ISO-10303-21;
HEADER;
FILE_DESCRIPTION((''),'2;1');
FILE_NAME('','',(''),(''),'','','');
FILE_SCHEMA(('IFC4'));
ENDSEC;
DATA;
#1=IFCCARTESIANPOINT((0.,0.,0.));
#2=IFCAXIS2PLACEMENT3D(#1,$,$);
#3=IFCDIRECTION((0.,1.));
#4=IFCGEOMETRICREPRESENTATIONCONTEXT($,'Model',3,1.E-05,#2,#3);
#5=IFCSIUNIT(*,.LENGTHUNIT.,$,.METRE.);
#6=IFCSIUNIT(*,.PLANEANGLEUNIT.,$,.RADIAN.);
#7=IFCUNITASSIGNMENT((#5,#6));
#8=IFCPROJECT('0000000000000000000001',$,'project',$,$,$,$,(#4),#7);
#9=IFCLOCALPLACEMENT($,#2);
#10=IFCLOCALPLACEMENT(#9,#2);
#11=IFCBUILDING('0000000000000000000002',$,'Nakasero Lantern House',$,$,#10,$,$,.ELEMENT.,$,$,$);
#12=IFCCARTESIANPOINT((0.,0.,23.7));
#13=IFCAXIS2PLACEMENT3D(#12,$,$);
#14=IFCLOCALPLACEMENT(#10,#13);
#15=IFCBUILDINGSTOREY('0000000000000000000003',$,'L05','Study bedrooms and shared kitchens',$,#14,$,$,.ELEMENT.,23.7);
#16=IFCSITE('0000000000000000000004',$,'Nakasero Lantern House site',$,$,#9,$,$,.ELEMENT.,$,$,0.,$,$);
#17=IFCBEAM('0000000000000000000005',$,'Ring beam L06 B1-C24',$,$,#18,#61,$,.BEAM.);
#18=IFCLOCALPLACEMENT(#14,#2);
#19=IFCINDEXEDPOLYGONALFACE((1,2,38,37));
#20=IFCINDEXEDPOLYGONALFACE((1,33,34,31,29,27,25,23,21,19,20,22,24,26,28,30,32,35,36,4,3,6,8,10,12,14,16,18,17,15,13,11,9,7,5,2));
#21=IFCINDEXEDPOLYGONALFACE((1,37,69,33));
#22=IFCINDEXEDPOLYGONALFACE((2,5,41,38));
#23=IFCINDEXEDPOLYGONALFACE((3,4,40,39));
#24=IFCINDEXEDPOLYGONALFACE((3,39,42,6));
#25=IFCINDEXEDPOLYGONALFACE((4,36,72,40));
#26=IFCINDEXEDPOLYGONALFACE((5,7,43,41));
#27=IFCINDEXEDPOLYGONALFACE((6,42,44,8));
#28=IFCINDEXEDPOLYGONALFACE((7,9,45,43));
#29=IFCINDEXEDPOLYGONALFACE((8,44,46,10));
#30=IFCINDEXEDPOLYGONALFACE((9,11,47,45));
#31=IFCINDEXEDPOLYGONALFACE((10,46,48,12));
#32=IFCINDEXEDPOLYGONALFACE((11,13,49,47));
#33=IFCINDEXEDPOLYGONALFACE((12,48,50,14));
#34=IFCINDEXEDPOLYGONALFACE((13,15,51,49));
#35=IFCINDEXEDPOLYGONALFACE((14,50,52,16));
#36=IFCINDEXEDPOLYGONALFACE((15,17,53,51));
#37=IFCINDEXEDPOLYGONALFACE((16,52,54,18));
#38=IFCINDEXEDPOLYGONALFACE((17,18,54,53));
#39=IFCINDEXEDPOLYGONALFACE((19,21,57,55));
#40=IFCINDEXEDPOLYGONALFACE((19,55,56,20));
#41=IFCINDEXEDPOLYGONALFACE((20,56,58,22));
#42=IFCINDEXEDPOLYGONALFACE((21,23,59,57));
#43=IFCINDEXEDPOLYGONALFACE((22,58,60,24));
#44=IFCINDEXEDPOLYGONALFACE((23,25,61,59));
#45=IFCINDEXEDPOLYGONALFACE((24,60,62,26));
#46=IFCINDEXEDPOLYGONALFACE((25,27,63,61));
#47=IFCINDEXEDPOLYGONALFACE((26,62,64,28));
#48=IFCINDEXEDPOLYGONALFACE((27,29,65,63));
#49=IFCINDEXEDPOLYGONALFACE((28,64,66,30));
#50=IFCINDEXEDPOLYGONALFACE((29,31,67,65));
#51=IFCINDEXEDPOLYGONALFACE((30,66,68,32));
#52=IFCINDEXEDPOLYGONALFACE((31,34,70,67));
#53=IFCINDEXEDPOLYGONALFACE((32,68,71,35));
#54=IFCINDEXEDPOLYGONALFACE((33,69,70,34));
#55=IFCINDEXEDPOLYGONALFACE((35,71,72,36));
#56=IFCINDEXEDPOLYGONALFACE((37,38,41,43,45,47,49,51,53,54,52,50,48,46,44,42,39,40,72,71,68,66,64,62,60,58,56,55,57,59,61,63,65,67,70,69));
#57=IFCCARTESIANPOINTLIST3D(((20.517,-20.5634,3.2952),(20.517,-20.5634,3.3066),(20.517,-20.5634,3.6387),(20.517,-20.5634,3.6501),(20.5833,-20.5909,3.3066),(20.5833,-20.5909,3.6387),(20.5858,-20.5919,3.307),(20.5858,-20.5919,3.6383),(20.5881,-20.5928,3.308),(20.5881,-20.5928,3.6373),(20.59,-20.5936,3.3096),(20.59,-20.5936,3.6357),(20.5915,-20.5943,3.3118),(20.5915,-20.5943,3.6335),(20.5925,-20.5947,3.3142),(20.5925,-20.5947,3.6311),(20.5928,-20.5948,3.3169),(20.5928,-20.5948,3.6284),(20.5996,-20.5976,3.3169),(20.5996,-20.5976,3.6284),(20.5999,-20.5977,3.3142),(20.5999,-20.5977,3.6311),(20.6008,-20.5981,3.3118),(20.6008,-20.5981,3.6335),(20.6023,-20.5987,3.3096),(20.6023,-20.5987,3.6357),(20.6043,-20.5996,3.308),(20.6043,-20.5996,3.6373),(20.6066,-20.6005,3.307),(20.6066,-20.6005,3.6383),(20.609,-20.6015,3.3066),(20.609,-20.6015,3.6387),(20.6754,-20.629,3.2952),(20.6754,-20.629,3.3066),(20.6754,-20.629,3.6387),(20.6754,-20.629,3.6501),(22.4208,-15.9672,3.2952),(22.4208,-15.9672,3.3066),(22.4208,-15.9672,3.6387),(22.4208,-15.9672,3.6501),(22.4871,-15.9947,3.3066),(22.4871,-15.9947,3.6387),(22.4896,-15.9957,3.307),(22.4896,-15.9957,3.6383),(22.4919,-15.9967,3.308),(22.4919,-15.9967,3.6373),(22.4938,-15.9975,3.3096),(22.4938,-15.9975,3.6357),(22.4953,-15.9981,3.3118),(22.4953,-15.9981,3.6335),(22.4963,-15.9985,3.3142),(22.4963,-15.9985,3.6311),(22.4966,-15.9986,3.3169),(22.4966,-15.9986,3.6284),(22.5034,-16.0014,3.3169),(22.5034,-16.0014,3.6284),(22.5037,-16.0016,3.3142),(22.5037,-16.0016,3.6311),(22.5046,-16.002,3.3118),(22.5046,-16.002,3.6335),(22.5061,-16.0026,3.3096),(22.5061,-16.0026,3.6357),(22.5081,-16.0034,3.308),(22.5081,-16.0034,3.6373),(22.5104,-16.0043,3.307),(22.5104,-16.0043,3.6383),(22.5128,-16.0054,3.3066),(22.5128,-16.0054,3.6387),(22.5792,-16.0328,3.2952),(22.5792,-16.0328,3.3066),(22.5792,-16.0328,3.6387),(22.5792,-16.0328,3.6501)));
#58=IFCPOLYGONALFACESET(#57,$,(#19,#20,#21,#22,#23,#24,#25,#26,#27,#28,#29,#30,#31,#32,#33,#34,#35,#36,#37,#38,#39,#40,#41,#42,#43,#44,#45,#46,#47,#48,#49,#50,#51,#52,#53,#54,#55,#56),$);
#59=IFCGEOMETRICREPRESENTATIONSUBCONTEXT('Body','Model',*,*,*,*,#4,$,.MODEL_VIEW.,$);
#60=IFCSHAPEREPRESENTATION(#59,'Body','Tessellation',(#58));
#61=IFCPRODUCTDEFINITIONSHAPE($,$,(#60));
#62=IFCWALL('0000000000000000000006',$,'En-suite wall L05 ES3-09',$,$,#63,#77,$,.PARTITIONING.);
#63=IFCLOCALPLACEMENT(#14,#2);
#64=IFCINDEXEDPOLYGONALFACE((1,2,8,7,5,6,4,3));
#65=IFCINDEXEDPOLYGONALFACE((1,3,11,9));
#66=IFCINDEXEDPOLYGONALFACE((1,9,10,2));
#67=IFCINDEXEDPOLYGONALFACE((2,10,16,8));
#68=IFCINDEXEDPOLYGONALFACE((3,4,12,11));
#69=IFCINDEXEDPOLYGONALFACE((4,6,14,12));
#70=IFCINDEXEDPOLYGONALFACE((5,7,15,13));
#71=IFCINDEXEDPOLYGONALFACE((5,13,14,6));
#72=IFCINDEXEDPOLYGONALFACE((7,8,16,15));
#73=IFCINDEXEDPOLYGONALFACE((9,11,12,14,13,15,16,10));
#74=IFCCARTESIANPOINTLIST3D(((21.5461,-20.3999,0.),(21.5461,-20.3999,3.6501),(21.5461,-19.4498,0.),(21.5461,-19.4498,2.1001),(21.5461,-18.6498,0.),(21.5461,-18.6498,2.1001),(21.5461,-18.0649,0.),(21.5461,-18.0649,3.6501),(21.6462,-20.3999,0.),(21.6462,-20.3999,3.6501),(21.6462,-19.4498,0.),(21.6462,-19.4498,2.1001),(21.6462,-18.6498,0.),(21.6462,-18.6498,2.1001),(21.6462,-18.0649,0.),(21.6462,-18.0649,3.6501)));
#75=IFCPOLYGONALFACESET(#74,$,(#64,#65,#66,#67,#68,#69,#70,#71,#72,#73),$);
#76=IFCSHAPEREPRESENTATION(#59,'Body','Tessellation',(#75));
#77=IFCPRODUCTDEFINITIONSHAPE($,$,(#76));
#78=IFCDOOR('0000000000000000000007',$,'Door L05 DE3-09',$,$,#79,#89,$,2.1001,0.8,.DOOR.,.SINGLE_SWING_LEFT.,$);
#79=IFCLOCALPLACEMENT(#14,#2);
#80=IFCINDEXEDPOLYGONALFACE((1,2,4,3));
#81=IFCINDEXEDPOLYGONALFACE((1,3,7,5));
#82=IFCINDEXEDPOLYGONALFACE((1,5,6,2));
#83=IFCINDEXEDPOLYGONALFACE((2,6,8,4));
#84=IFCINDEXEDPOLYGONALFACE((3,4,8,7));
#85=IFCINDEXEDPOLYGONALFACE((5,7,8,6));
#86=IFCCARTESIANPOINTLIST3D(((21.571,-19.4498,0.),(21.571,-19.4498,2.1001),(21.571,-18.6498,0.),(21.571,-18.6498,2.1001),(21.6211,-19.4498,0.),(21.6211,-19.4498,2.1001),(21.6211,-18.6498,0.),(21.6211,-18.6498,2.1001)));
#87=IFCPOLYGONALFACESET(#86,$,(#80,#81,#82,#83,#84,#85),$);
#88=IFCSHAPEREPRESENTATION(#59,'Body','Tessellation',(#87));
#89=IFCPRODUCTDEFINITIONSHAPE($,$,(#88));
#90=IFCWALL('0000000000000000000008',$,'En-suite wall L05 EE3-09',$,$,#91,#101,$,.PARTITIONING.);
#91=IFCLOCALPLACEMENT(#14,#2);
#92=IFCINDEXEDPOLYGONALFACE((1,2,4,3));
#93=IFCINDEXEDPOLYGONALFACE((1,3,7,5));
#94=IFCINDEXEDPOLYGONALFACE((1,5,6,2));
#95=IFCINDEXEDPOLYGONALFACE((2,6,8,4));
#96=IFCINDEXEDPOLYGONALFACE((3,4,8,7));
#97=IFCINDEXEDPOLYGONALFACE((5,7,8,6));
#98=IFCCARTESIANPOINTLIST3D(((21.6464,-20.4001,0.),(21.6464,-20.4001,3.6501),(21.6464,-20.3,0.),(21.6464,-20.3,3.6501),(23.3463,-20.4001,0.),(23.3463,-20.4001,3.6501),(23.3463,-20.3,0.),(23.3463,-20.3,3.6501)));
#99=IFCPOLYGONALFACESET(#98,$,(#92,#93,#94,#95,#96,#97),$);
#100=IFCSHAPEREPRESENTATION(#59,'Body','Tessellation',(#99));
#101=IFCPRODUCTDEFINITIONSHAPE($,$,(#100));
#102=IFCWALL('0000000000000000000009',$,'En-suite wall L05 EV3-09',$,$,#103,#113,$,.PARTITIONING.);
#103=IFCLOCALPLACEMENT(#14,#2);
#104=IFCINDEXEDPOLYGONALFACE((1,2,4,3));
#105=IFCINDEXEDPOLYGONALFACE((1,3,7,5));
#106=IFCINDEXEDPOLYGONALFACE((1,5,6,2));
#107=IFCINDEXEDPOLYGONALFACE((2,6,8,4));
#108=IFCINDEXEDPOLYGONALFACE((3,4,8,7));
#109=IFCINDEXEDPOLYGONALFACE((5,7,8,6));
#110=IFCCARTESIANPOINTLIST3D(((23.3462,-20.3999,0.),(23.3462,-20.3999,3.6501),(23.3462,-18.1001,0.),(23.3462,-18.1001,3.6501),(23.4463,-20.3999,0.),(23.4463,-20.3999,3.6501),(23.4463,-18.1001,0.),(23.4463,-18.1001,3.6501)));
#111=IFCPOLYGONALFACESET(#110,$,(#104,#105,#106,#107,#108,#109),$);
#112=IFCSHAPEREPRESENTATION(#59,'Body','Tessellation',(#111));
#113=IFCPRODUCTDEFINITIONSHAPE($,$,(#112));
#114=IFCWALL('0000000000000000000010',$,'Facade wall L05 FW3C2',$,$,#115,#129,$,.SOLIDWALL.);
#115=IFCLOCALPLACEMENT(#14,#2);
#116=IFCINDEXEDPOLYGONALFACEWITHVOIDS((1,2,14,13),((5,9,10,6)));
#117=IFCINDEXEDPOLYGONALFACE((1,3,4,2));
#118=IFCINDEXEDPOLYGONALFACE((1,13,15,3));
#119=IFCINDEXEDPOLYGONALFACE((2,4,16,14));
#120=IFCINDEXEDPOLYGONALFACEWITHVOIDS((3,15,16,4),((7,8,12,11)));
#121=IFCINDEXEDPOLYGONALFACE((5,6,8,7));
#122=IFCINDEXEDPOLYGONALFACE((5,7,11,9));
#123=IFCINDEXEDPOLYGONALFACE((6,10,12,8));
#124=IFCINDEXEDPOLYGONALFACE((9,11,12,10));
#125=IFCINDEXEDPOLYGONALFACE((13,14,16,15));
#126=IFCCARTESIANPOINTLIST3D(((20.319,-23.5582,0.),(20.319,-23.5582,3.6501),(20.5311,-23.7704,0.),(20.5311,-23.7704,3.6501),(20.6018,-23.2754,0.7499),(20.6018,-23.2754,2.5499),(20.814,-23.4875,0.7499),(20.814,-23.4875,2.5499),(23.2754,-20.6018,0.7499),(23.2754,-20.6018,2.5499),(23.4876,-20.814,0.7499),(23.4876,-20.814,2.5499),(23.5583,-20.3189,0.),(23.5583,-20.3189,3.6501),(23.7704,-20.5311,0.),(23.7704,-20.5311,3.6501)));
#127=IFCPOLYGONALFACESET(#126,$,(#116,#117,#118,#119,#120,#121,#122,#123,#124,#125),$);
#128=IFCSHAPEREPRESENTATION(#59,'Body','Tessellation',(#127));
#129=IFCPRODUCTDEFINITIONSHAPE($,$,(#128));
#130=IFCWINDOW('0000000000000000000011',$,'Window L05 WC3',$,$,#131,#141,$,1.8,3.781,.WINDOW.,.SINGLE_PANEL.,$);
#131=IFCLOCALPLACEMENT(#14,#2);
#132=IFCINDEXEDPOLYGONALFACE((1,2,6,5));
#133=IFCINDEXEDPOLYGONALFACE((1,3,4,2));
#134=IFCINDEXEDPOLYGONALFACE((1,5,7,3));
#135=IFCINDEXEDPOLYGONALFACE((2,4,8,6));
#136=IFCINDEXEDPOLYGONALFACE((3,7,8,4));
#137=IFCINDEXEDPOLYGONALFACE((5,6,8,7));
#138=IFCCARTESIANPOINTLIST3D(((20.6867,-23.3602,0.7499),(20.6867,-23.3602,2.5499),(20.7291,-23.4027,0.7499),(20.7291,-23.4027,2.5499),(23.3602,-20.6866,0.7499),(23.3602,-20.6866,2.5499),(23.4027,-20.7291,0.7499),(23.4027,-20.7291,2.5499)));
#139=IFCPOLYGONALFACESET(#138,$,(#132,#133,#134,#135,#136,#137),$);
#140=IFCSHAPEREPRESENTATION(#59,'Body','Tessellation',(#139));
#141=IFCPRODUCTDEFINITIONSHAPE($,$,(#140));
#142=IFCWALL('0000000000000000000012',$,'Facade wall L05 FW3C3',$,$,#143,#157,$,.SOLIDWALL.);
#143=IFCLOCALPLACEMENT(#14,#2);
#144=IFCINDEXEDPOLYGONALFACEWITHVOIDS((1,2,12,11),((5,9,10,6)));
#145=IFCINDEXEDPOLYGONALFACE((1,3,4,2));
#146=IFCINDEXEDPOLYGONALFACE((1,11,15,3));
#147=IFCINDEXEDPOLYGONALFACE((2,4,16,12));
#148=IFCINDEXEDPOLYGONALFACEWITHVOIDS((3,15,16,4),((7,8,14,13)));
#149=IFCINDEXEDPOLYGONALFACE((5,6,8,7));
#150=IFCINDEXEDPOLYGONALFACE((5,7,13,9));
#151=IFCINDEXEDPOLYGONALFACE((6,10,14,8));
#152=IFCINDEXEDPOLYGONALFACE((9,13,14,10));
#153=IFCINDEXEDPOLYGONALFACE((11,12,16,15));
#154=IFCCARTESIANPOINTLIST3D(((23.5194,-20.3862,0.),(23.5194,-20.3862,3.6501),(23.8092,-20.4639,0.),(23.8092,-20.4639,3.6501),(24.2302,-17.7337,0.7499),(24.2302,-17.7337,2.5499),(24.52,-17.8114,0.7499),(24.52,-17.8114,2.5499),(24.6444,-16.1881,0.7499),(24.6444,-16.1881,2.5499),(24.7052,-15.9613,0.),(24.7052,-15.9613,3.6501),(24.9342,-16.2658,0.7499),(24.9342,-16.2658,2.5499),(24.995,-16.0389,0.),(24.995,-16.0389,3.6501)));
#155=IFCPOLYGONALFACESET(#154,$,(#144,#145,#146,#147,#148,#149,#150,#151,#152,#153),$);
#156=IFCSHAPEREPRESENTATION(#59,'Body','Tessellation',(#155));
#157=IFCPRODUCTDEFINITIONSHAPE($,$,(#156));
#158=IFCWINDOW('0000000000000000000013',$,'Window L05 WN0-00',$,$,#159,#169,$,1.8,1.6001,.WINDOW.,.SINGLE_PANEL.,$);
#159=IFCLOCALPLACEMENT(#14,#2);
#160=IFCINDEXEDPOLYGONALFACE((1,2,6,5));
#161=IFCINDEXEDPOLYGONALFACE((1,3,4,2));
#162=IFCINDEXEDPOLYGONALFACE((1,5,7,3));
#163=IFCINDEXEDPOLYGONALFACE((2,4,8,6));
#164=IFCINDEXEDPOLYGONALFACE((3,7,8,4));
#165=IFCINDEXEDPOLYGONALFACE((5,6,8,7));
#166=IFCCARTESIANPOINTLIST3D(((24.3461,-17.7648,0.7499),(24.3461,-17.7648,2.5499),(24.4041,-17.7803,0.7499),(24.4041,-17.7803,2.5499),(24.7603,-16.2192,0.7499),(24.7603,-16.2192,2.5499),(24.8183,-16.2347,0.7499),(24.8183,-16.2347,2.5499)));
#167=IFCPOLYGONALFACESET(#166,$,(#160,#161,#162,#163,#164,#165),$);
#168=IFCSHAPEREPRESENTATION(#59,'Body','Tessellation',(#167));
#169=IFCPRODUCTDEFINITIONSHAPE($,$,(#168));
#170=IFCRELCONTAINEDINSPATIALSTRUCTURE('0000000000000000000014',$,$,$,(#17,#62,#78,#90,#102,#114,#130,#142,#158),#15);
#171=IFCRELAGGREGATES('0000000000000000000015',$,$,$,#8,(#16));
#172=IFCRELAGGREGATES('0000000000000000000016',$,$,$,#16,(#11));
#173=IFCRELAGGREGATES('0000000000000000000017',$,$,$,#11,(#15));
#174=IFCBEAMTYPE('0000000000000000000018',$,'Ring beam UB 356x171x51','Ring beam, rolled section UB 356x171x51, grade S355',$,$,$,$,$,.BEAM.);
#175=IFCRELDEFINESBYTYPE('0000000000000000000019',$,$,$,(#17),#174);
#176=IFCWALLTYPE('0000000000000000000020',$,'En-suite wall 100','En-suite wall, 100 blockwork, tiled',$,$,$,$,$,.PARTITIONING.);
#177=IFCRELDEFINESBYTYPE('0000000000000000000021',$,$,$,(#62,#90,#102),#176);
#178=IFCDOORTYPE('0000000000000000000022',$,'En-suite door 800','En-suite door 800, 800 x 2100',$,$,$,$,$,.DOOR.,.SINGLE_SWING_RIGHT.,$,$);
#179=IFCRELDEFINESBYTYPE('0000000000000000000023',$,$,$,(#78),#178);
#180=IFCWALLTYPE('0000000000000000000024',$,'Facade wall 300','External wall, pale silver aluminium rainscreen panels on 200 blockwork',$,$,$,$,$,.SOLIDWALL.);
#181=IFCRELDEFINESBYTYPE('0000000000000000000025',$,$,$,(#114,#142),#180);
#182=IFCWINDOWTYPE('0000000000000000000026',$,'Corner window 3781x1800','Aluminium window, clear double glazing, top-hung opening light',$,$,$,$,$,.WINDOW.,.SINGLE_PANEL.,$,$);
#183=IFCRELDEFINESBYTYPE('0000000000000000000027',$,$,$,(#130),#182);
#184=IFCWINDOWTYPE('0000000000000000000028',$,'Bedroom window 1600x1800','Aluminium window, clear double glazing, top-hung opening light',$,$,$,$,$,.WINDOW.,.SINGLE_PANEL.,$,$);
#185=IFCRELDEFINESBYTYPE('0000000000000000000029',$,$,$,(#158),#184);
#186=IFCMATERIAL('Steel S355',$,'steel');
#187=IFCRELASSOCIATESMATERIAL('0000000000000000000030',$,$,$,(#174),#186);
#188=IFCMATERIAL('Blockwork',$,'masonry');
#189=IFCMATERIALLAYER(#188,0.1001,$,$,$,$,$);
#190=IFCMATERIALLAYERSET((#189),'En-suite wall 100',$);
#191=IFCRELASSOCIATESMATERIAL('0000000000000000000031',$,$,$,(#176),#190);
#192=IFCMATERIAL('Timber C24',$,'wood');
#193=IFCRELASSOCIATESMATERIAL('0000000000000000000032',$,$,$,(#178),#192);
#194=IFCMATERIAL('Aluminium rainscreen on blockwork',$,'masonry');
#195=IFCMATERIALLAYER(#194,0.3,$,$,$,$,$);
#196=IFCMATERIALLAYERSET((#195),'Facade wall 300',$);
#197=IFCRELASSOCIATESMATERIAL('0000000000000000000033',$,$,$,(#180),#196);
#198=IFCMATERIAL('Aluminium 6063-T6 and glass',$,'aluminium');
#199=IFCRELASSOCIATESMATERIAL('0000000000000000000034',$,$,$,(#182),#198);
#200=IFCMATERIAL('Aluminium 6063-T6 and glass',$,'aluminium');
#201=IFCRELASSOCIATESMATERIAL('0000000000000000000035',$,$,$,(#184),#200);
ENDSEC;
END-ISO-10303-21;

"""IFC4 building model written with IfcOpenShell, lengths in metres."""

from ifc_helpers import new_model, si_unit, direction, frame, frame_2d, origin, origin_2d, place, context, subcontext, project, spatial, rectangle, i_section, extrude, material, layer, layer_set, material_profile, profile_set, type_object, element, fill, save


model = new_model("IFC4")

# Units and contexts
model_context = context("Model", 3, precision=1e-05, world=origin(), true_north=direction((0.0, 1.0)))
body_context = subcontext(model_context, "Body", "Model", "MODEL_VIEW")
ifc_project = project(units=[si_unit("LENGTHUNIT", "METRE"), si_unit("PLANEANGLEUNIT", "RADIAN")], contexts=[model_context])

# Site, building, storey
site_placement = place(None, origin())
site = spatial("IfcSite", under=ifc_project, at=site_placement, Name="Nakasero Lantern House site", CompositionType="ELEMENT", RefElevation=0.0)
building_placement = place(site_placement, origin())
building = spatial("IfcBuilding", under=site, at=building_placement, Name="Nakasero Lantern House", CompositionType="ELEMENT")
storey_placement = place(building_placement, frame((0.0, 0.0, 23.7)))
storey = spatial("IfcBuildingStorey", under=building, at=storey_placement, Name="L05", Description="Study bedrooms and shared kitchens", CompositionType="ELEMENT", Elevation=23.7)

# Beam
ifc_material_1 = material(Name="Steel S355", Category="steel")
ifc_material_profile_1 = material_profile(ifc_material_1, i_section(OverallWidth=0.1714, OverallDepth=0.355, WebThickness=0.0073, FlangeThickness=0.0115, FilletRadius=0.0103, at=origin_2d()), Name="UB 356x171x51")
ifc_profile_set_1 = profile_set([ifc_material_profile_1], Name="Steel S355")
beam_type_1 = type_object("IfcBeamType", Name="Ring beam UB 356x171x51", Description="Ring beam, rolled section UB 356x171x51, grade S355", PredefinedType="BEAM", material=ifc_profile_set_1)
beam_1_placement = place(storey_placement, frame((20.5962, -20.5962, 3.4727), z_axis=(0.382684, 0.923879, 0.0), x_axis=(-0.923879, 0.382684, 0.0)))
element("IfcBeam", 1, at=beam_1_placement, inside=storey, type_object=beam_type_1, Name="Ring beam L06 B1-C24", PredefinedType="BEAM", context=body_context, shape_type="SweptSolid", body=[
    extrude(i_section(OverallWidth=0.1714, OverallDepth=0.355, WebThickness=0.0073, FlangeThickness=0.0115, FilletRadius=0.0103, at=origin_2d()), origin(), (0.0, 0.0, 1.0), 4.9749),
])

# Wall, opening, door
ifc_material_2 = material(Name="Blockwork", Category="masonry")
ifc_layer_1 = layer(ifc_material_2, 0.1001)
ifc_layer_set_1 = layer_set([ifc_layer_1], Name="En-suite wall 100")
wall_type_1 = type_object("IfcWallType", Name="En-suite wall 100", Description="En-suite wall, 100 blockwork, tiled", PredefinedType="PARTITIONING", material=ifc_layer_set_1)
wall_1_placement = place(storey_placement, frame((21.5962, -18.0649, 0.0), z_axis=(0.0, 0.0, 1.0), x_axis=(0.0, -1.0, 0.0)))
wall_1 = element("IfcWall", 2, at=wall_1_placement, inside=storey, type_object=wall_type_1, Name="En-suite wall L05 ES3-09", PredefinedType="PARTITIONING", context=body_context, shape_type="SweptSolid", body=[
    extrude(rectangle(XDim=2.335, YDim=0.1001, at=frame_2d((1.1675, 0.0))), origin(), (0.0, 0.0, 1.0), 3.6501),
])
opening_1_placement = place(wall_1_placement, frame((0.585, 0.0, 0.0)))
opening_1 = element("IfcOpeningElement", 3, at=opening_1_placement, cuts=wall_1, PredefinedType="OPENING", context=body_context, shape_type="SweptSolid", body=[
    extrude(rectangle(XDim=0.8, YDim=2.1001, at=frame_2d((0.3999, 1.05))), frame((0.0, 0.0701, 0.0), z_axis=(0.0, -1.0, 0.0), x_axis=(1.0, 0.0, 0.0)), (0.0, 0.0, 1.0), 0.1401),
])
ifc_material_3 = material(Name="Timber C24", Category="wood")
door_type_1 = type_object("IfcDoorType", Name="En-suite door 800", Description="En-suite door 800, 800 x 2100", OperationType="SINGLE_SWING_RIGHT", PredefinedType="DOOR", material=ifc_material_3)
door_1_placement = place(opening_1_placement, origin())
door_1 = element("IfcDoor", 4, at=door_1_placement, inside=storey, type_object=door_type_1, Name="Door L05 DE3-09", OperationType="SINGLE_SWING_LEFT", OverallHeight=2.1001, OverallWidth=0.8, PredefinedType="DOOR", context=body_context, shape_type="SweptSolid", body=[
    extrude(rectangle(XDim=0.8, YDim=2.1001, at=frame_2d((0.3999, 1.05))), frame((0.0, 0.0249, 0.0), z_axis=(0.0, -1.0, 0.0), x_axis=(1.0, 0.0, 0.0)), (0.0, 0.0, 1.0), 0.05),
])
fill(opening_1, door_1)

# Walls
wall_2_placement = place(storey_placement, frame((21.6462, -20.3501, 0.0), z_axis=(0.0, 0.0, 1.0), x_axis=(1.0, 0.0, 0.0)))
element("IfcWall", 5, at=wall_2_placement, inside=storey, type_object=wall_type_1, Name="En-suite wall L05 EE3-09", PredefinedType="PARTITIONING", context=body_context, shape_type="SweptSolid", body=[
    extrude(rectangle(XDim=1.7, YDim=0.1001, at=frame_2d((0.8501, 0.0))), origin(), (0.0, 0.0, 1.0), 3.6501),
])
wall_3_placement = place(storey_placement, frame((23.3962, -18.1001, 0.0), z_axis=(0.0, 0.0, 1.0), x_axis=(0.0, -1.0, 0.0)))
element("IfcWall", 6, at=wall_3_placement, inside=storey, type_object=wall_type_1, Name="En-suite wall L05 EV3-09", PredefinedType="PARTITIONING", context=body_context, shape_type="SweptSolid", body=[
    extrude(rectangle(XDim=2.2998, YDim=0.1001, at=frame_2d((1.1499, 0.0))), origin(), (0.0, 0.0, 1.0), 3.6501),
])

# Walls, openings, windows
ifc_material_4 = material(Name="Aluminium rainscreen on blockwork", Category="masonry")
ifc_layer_2 = layer(ifc_material_4, 0.3)
ifc_layer_set_2 = layer_set([ifc_layer_2], Name="Facade wall 300")
wall_type_2 = type_object("IfcWallType", Name="Facade wall 300", Description="External wall, pale silver aluminium rainscreen panels on 200 blockwork", PredefinedType="SOLIDWALL", material=ifc_layer_set_2)
wall_4_placement = place(storey_placement, frame((20.425, -23.6643, 0.0), z_axis=(0.0, 0.0, 1.0), x_axis=(0.707107, 0.707107, 0.0)))
wall_4 = element("IfcWall", 7, at=wall_4_placement, inside=storey, type_object=wall_type_2, Name="Facade wall L05 FW3C2", PredefinedType="SOLIDWALL", context=body_context, shape_type="SweptSolid", body=[
    extrude(rectangle(XDim=4.5811, YDim=0.3, at=frame_2d((2.2905, 0.0))), origin(), (0.0, 0.0, 1.0), 3.6501),
])
opening_2_placement = place(wall_4_placement, frame((0.3999, 0.0, 0.75)))
opening_2 = element("IfcOpeningElement", 8, at=opening_2_placement, cuts=wall_4, PredefinedType="OPENING", context=body_context, shape_type="SweptSolid", body=[
    extrude(rectangle(XDim=3.781, YDim=1.8, at=frame_2d((1.8906, 0.8999))), frame((0.0, 0.1699, 0.0), z_axis=(0.0, -1.0, 0.0), x_axis=(1.0, 0.0, 0.0)), (0.0, 0.0, 1.0), 0.3401),
])
ifc_material_5 = material(Name="Aluminium 6063-T6 and glass", Category="aluminium")
window_type_1 = type_object("IfcWindowType", Name="Corner window 3781x1800", Description="Aluminium window, clear double glazing, top-hung opening light", PartitioningType="SINGLE_PANEL", PredefinedType="WINDOW", material=ifc_material_5)
window_1_placement = place(opening_2_placement, origin())
window_1 = element("IfcWindow", 9, at=window_1_placement, inside=storey, type_object=window_type_1, Name="Window L05 WC3", OverallHeight=1.8, OverallWidth=3.781, PartitioningType="SINGLE_PANEL", PredefinedType="WINDOW", context=body_context, shape_type="SweptSolid", body=[
    extrude(rectangle(XDim=3.781, YDim=1.8, at=frame_2d((1.8906, 0.8999))), frame((0.0, 0.03, 0.0), z_axis=(0.0, -1.0, 0.0), x_axis=(1.0, 0.0, 0.0)), (0.0, 0.0, 1.0), 0.0601),
])
fill(opening_2, window_1)
wall_5_placement = place(storey_placement, frame((23.6643, -20.425, 0.0), z_axis=(0.0, 0.0, 1.0), x_axis=(0.25884, 0.96592, 0.0)))
wall_5 = element("IfcWall", 10, at=wall_5_placement, inside=storey, type_object=wall_type_2, Name="Facade wall L05 FW3C3", PredefinedType="SOLIDWALL", context=body_context, shape_type="SweptSolid", body=[
    extrude(rectangle(XDim=4.5811, YDim=0.3, at=frame_2d((2.2905, 0.0))), origin(), (0.0, 0.0, 1.0), 3.6501),
])
opening_3_placement = place(wall_5_placement, frame((2.7461, 0.0, 0.75)))
opening_3 = element("IfcOpeningElement", 11, at=opening_3_placement, cuts=wall_5, PredefinedType="OPENING", context=body_context, shape_type="SweptSolid", body=[
    extrude(rectangle(XDim=1.6001, YDim=1.8, at=frame_2d((0.8, 0.8999))), frame((0.0, 0.1699, 0.0), z_axis=(0.0, -1.0, 0.0), x_axis=(1.0, 0.0, 0.0)), (0.0, 0.0, 1.0), 0.3401),
])
ifc_material_6 = material(Name="Aluminium 6063-T6 and glass", Category="aluminium")
window_type_2 = type_object("IfcWindowType", Name="Bedroom window 1600x1800", Description="Aluminium window, clear double glazing, top-hung opening light", PartitioningType="SINGLE_PANEL", PredefinedType="WINDOW", material=ifc_material_6)
window_2_placement = place(opening_3_placement, origin())
window_2 = element("IfcWindow", 12, at=window_2_placement, inside=storey, type_object=window_type_2, Name="Window L05 WN0-00", OverallHeight=1.8, OverallWidth=1.6001, PartitioningType="SINGLE_PANEL", PredefinedType="WINDOW", context=body_context, shape_type="SweptSolid", body=[
    extrude(rectangle(XDim=1.6001, YDim=1.8, at=frame_2d((0.8, 0.8999))), frame((0.0, 0.03, 0.0), z_axis=(0.0, -1.0, 0.0), x_axis=(1.0, 0.0, 0.0)), (0.0, 0.0, 1.0), 0.0601),
])
fill(opening_3, window_2)

save(model, "model.ifc")
